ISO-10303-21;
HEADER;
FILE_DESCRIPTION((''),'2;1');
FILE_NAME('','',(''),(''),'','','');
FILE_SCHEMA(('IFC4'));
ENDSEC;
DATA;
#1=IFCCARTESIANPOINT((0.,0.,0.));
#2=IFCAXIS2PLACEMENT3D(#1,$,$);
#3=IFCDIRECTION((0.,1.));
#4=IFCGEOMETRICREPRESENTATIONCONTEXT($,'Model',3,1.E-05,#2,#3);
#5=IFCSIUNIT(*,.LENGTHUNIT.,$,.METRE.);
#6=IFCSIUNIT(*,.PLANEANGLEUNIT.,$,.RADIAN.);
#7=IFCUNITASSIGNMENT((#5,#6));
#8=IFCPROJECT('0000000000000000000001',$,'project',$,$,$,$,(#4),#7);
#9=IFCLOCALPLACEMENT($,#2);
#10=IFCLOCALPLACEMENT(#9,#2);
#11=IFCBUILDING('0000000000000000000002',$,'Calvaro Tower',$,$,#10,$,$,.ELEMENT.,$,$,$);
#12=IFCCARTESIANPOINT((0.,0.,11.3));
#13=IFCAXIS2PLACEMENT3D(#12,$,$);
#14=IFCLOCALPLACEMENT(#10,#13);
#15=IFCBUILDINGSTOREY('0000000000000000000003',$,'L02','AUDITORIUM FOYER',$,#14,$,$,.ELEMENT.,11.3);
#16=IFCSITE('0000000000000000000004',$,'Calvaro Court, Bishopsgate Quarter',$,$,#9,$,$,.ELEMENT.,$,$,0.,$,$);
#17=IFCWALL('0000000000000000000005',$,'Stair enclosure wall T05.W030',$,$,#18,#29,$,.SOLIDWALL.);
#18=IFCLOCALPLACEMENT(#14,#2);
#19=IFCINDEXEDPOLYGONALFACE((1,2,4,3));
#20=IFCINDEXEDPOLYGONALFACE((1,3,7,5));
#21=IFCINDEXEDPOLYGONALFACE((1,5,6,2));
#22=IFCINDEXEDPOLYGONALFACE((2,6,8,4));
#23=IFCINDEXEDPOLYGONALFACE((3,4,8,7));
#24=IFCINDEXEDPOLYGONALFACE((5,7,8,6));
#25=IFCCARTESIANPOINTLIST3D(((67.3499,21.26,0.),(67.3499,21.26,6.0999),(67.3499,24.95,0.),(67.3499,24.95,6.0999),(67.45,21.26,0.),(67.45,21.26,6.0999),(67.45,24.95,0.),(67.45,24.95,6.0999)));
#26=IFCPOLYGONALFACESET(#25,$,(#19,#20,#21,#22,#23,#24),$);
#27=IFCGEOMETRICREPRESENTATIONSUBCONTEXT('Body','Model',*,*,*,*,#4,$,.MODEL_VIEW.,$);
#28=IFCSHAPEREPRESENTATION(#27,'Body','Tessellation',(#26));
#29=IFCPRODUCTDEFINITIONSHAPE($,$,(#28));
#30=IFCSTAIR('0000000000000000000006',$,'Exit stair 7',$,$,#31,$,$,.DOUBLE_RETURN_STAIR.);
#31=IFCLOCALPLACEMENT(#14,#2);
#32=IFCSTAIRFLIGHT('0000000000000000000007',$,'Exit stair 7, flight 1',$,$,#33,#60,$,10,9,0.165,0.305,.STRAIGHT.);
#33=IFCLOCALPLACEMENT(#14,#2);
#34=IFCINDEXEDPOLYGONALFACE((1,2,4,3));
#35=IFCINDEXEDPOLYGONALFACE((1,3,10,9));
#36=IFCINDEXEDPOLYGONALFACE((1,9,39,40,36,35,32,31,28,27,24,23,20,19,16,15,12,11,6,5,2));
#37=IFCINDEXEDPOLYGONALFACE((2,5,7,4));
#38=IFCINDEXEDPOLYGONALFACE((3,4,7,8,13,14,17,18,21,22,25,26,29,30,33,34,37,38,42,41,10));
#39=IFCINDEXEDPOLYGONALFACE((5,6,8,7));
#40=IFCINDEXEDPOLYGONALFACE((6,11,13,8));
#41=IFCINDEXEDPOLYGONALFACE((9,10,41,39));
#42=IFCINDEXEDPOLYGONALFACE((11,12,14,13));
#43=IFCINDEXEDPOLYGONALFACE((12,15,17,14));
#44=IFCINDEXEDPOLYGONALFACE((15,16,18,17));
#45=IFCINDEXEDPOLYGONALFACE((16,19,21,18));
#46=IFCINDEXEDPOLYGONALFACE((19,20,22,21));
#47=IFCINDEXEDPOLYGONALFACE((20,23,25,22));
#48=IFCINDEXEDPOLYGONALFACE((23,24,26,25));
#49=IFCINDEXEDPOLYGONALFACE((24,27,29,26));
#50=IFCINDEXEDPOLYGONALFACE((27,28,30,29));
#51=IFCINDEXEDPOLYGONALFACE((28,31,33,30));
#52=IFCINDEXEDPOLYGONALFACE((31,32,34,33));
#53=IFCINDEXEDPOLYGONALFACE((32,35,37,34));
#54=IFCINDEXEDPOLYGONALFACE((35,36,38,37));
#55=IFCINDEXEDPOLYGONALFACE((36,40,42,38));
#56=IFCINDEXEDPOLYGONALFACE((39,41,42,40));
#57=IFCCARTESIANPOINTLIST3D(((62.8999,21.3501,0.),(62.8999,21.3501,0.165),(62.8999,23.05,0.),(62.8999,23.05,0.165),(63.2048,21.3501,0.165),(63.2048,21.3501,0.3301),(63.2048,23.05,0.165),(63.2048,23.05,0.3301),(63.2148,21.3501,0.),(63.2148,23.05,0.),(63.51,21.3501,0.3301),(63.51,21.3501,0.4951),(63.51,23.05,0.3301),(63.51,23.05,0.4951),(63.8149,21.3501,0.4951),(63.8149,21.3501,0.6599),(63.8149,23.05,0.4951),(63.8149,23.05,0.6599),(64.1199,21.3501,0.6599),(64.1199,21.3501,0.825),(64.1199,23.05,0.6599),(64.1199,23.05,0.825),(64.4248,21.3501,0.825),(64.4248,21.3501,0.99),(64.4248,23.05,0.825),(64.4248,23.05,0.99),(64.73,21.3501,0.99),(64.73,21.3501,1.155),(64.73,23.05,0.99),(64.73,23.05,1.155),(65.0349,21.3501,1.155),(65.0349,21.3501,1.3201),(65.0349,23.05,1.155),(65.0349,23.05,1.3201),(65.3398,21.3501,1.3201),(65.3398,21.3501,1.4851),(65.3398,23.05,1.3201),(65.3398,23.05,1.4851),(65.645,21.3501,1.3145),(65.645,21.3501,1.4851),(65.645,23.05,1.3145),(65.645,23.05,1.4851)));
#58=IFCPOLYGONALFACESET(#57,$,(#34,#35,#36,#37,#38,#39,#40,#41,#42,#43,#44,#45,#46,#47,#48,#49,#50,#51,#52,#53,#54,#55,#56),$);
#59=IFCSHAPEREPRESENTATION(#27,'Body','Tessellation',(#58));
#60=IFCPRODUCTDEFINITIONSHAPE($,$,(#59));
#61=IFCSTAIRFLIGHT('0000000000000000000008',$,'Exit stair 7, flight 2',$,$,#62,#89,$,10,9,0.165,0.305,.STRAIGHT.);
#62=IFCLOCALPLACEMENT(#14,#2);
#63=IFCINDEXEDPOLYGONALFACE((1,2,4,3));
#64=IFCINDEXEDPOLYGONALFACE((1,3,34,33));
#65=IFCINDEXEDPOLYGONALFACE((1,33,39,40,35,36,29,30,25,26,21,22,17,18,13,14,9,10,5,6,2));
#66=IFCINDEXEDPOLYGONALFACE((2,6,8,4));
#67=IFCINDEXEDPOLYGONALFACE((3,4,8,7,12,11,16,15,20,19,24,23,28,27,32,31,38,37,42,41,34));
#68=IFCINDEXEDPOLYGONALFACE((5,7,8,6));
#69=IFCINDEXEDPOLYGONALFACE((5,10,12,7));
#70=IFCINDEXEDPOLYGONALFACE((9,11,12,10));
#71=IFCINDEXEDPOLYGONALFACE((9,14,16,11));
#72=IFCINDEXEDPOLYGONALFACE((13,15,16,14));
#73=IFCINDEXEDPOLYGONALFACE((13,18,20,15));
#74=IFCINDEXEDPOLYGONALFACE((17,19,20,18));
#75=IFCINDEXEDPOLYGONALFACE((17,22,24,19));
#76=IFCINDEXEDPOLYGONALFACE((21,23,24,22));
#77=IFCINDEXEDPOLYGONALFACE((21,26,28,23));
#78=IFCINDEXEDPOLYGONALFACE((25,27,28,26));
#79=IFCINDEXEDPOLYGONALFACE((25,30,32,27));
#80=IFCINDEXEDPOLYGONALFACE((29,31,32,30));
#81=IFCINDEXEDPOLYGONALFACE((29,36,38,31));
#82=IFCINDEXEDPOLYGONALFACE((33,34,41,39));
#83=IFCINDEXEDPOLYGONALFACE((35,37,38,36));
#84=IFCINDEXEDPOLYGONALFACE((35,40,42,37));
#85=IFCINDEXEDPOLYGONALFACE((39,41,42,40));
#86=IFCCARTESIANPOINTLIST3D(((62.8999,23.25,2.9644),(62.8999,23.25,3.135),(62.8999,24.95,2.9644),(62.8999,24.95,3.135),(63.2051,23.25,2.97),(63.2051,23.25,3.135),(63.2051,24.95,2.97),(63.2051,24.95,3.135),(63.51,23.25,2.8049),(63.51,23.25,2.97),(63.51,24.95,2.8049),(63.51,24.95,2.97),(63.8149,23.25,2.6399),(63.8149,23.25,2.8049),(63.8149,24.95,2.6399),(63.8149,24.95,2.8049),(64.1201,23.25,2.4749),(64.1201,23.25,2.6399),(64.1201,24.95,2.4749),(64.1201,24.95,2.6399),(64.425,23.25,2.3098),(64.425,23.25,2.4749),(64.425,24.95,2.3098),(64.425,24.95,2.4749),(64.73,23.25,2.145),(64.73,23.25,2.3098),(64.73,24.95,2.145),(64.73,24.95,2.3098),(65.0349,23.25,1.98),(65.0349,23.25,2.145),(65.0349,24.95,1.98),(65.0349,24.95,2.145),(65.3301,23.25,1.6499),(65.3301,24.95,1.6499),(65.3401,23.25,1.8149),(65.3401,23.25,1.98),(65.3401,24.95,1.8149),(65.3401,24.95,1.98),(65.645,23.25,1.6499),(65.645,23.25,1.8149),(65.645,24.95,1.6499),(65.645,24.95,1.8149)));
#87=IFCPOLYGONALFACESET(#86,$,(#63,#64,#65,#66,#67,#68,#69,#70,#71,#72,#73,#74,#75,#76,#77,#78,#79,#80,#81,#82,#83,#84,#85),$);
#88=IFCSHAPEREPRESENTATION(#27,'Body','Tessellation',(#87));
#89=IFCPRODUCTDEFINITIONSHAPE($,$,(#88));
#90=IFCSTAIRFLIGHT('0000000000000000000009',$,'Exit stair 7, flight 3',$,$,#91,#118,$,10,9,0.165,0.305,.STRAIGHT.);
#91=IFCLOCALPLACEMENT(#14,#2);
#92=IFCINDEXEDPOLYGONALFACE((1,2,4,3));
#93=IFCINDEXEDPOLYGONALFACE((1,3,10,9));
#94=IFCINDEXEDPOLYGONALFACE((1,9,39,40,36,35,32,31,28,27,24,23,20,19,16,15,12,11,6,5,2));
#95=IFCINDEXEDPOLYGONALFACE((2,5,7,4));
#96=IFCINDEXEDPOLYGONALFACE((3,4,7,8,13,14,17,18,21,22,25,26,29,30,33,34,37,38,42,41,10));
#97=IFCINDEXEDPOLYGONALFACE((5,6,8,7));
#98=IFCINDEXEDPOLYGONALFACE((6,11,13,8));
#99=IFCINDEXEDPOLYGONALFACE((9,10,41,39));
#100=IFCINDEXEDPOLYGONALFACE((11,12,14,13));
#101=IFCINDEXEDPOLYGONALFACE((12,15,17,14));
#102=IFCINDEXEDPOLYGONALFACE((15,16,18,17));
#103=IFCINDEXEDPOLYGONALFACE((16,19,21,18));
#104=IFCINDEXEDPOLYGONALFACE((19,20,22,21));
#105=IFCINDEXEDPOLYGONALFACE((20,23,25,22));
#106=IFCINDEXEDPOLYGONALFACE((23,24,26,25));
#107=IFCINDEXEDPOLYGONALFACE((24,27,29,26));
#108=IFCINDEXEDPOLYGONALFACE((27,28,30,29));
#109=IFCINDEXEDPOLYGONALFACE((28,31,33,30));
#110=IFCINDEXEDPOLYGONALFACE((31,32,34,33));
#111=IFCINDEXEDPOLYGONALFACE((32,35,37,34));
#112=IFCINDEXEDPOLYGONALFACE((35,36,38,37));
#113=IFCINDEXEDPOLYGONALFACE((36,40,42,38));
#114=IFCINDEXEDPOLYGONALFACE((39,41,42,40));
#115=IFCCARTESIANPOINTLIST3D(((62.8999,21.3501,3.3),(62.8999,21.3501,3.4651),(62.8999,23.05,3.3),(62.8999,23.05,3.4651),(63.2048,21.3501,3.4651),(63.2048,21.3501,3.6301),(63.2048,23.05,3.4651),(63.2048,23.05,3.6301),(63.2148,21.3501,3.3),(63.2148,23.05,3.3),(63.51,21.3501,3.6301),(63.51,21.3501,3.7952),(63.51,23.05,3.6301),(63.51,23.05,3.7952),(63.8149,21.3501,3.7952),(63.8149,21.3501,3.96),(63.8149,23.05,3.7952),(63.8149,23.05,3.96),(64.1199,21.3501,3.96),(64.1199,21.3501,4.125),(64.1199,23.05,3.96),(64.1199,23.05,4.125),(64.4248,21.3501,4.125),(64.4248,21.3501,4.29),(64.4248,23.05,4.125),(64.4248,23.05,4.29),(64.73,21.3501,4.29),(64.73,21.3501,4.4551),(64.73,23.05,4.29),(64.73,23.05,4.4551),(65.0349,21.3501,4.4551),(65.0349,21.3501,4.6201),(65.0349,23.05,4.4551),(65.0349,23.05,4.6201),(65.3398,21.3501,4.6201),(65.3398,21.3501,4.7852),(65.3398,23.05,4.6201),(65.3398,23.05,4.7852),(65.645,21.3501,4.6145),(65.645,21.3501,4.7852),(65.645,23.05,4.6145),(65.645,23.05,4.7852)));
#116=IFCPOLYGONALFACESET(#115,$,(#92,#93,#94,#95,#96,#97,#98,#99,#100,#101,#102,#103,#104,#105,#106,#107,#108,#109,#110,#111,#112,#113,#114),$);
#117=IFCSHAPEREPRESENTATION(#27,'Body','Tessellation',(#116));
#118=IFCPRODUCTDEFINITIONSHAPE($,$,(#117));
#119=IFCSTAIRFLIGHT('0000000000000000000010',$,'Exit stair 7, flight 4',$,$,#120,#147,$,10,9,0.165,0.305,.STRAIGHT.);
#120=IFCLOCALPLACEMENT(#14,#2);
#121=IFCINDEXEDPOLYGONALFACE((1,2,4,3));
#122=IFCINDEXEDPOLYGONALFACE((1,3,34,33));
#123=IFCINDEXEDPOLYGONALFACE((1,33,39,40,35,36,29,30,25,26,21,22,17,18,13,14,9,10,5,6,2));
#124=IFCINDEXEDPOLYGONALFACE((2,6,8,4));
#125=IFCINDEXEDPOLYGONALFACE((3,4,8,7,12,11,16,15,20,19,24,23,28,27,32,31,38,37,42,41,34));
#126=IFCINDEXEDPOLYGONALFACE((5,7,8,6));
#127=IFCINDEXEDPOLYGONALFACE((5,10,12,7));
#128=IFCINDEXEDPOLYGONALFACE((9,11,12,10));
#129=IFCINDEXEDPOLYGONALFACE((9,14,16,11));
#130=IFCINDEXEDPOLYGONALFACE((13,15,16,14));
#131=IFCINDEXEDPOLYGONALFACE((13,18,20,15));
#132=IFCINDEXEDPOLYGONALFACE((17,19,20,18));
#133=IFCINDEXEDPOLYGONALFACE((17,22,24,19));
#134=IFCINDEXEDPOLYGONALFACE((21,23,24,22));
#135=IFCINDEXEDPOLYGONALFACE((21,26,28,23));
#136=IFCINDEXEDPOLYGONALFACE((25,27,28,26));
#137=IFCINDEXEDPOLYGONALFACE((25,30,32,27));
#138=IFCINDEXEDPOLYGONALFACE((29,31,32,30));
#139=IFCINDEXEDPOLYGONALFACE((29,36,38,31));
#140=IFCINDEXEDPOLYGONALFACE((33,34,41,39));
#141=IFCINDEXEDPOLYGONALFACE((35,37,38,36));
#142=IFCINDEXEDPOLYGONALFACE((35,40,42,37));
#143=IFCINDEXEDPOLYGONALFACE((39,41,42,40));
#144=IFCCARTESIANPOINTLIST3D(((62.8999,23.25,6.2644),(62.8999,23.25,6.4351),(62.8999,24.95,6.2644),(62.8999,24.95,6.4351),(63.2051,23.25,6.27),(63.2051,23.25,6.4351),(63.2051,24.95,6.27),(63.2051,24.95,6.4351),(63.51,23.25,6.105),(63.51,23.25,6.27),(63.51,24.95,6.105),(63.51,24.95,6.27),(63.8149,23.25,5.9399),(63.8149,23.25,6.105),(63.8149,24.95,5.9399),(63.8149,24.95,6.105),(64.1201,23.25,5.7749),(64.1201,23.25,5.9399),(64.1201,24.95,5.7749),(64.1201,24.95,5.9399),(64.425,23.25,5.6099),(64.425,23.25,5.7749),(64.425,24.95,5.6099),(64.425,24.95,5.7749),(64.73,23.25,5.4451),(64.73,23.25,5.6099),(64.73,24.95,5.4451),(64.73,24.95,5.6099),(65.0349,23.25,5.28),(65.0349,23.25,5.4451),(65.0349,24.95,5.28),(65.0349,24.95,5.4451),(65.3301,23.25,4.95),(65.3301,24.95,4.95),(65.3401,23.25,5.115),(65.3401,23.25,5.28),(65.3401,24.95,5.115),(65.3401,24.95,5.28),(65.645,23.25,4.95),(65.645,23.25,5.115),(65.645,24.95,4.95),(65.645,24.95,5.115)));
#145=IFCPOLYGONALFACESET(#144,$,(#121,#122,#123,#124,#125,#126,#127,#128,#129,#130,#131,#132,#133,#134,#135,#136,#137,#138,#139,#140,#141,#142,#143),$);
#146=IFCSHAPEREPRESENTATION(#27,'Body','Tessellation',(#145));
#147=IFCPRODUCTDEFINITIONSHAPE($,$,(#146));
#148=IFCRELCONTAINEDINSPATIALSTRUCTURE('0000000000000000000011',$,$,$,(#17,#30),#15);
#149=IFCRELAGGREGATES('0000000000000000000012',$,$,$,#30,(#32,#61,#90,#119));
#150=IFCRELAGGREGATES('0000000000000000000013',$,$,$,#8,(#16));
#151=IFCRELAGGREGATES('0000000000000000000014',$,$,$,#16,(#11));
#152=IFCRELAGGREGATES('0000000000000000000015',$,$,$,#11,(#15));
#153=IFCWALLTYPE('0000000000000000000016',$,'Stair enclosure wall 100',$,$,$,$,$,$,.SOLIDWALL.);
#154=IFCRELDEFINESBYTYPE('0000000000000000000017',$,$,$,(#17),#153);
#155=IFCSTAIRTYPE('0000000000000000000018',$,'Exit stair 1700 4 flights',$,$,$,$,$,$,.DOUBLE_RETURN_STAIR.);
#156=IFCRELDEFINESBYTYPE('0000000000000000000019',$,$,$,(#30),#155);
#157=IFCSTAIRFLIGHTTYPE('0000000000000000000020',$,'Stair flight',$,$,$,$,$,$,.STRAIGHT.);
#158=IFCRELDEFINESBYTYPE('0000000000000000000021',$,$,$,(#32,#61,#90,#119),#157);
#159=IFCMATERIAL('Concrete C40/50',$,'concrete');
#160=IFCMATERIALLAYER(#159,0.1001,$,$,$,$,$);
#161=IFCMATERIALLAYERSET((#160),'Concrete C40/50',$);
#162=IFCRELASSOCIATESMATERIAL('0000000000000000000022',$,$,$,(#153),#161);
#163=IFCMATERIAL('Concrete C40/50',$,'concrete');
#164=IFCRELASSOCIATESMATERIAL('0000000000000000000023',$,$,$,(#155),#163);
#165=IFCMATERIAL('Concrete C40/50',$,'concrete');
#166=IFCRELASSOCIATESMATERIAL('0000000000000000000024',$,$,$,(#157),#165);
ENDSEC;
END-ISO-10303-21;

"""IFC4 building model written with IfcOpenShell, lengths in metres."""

from ifc_helpers import new_model, si_unit, direction, frame, frame_2d, origin, place, context, subcontext, project, spatial, polyline, rectangle, outline, extrude, material, layer, layer_set, type_object, element, aggregate, save


model = new_model("IFC4")

# Units and contexts
model_context = context("Model", 3, precision=1e-05, world=origin(), true_north=direction((0.0, 1.0)))
body_context = subcontext(model_context, "Body", "Model", "MODEL_VIEW")
ifc_project = project(units=[si_unit("LENGTHUNIT", "METRE"), si_unit("PLANEANGLEUNIT", "RADIAN")], contexts=[model_context])

# Site, building, storey
site_placement = place(None, origin())
site = spatial("IfcSite", under=ifc_project, at=site_placement, Name="Calvaro Court, Bishopsgate Quarter", CompositionType="ELEMENT", RefElevation=0.0)
building_placement = place(site_placement, origin())
building = spatial("IfcBuilding", under=site, at=building_placement, Name="Calvaro Tower", CompositionType="ELEMENT")
storey_placement = place(building_placement, frame((0.0, 0.0, 11.3)))
storey = spatial("IfcBuildingStorey", under=building, at=storey_placement, Name="L02", Description="AUDITORIUM FOYER", CompositionType="ELEMENT", Elevation=11.3)

# Shared definitions
ifc_material_1 = material(Name="Concrete C40/50", Category="concrete")
ifc_layer_1 = layer(ifc_material_1, 0.1001)
ifc_layer_set_1 = layer_set([ifc_layer_1], Name="Concrete C40/50")
wall_type_1 = type_object("IfcWallType", Name="Stair enclosure wall 100", PredefinedType="SOLIDWALL", material=ifc_layer_set_1)

# Wall
for number, where, z_axis, x_axis, name in (
    (1, (67.3999, 21.26, 0.0), (0.0, 0.0, 1.0), (0.0, 1.0, 0.0), "Stair enclosure wall T05.W030"),
):
    element("IfcWall", number, at=place(storey_placement, frame(where, z_axis=z_axis, x_axis=x_axis)), inside=storey, type_object=wall_type_1, Name=name, PredefinedType="SOLIDWALL", context=body_context, shape_type="SweptSolid", body=[
        extrude(rectangle(XDim=3.6899, YDim=0.1001, at=frame_2d((1.845, 0.0))), origin(), (0.0, 0.0, 1.0), 6.0999),
    ])

# Stair, stair flights
ifc_material_2 = material(Name="Concrete C40/50", Category="concrete")
stair_type = type_object("IfcStairType", Name="Exit stair 1700 4 flights", PredefinedType="DOUBLE_RETURN_STAIR", material=ifc_material_2)
stair_placement = place(storey_placement, origin())
stair = element("IfcStair", 2, at=stair_placement, inside=storey, type_object=stair_type, Name="Exit stair 7", PredefinedType="DOUBLE_RETURN_STAIR")
ifc_material_3 = material(Name="Concrete C40/50", Category="concrete")
stair_flight_type = type_object("IfcStairFlightType", Name="Stair flight", PredefinedType="STRAIGHT", material=ifc_material_3)
stair_flight_1_placement = place(storey_placement, frame((62.8999, 22.2, 0.0), z_axis=(0.0, 0.0, 1.0), x_axis=(1.0, 0.0, 0.0)))
stair_flight_1 = element("IfcStairFlight", 3, at=stair_flight_1_placement, type_object=stair_flight_type, Name="Exit stair 7, flight 1", NumberOfRisers=10, NumberOfTreads=9, PredefinedType="STRAIGHT", RiserHeight=0.165, TreadLength=0.305, context=body_context, shape_type="SweptSolid", body=[
    extrude(outline(polyline([(0.0, 0.0), (0.0, 0.165), (0.3049, 0.165), (0.3049, 0.3301), (0.6101, 0.3301), (0.6101, 0.4951), (0.915, 0.4951), (0.915, 0.6599), (1.22, 0.6599), (1.22, 0.825), (1.5249, 0.825), (1.5249, 0.99), (1.8301, 0.99), (1.8301, 1.155), (2.135, 1.155), (2.135, 1.3201), (2.4399, 1.3201), (2.4399, 1.4851), (2.7451, 1.4851), (2.7451, 1.6499), (2.7451, 1.3145), (0.3149, 0.0), (0.0, 0.0)])), frame((0.0, 0.8501, 0.0), z_axis=(0.0, -1.0, 0.0), x_axis=(1.0, 0.0, 0.0)), (0.0, 0.0, 1.0), 1.7),
])
stair_flight_2_placement = place(storey_placement, frame((65.645, 24.1001, 1.6499), z_axis=(0.0, 0.0, 1.0), x_axis=(-1.0, 0.0, 0.0)))
stair_flight_2 = element("IfcStairFlight", 4, at=stair_flight_2_placement, type_object=stair_flight_type, Name="Exit stair 7, flight 2", NumberOfRisers=10, NumberOfTreads=9, PredefinedType="STRAIGHT", RiserHeight=0.165, TreadLength=0.305, context=body_context, shape_type="SweptSolid", body=[
    extrude(outline(polyline([(0.0, 0.0), (0.0, 0.165), (0.3049, 0.165), (0.3049, 0.3301), (0.6101, 0.3301), (0.6101, 0.4951), (0.915, 0.4951), (0.915, 0.6599), (1.22, 0.6599), (1.22, 0.825), (1.5249, 0.825), (1.5249, 0.99), (1.8301, 0.99), (1.8301, 1.155), (2.135, 1.155), (2.135, 1.3201), (2.4399, 1.3201), (2.4399, 1.4851), (2.7451, 1.4851), (2.7451, 1.6499), (2.7451, 1.3145), (0.3149, 0.0), (0.0, 0.0)])), frame((0.0, 0.8501, 0.0), z_axis=(0.0, -1.0, 0.0), x_axis=(1.0, 0.0, 0.0)), (0.0, 0.0, 1.0), 1.7),
])
stair_flight_3_placement = place(storey_placement, frame((62.8999, 22.2, 3.3), z_axis=(0.0, 0.0, 1.0), x_axis=(1.0, 0.0, 0.0)))
stair_flight_3 = element("IfcStairFlight", 5, at=stair_flight_3_placement, type_object=stair_flight_type, Name="Exit stair 7, flight 3", NumberOfRisers=10, NumberOfTreads=9, PredefinedType="STRAIGHT", RiserHeight=0.165, TreadLength=0.305, context=body_context, shape_type="SweptSolid", body=[
    extrude(outline(polyline([(0.0, 0.0), (0.0, 0.165), (0.3049, 0.165), (0.3049, 0.3301), (0.6101, 0.3301), (0.6101, 0.4951), (0.915, 0.4951), (0.915, 0.6599), (1.22, 0.6599), (1.22, 0.825), (1.5249, 0.825), (1.5249, 0.99), (1.8301, 0.99), (1.8301, 1.155), (2.135, 1.155), (2.135, 1.3201), (2.4399, 1.3201), (2.4399, 1.4851), (2.7451, 1.4851), (2.7451, 1.6499), (2.7451, 1.3145), (0.3149, 0.0), (0.0, 0.0)])), frame((0.0, 0.8501, 0.0), z_axis=(0.0, -1.0, 0.0), x_axis=(1.0, 0.0, 0.0)), (0.0, 0.0, 1.0), 1.7),
])
stair_flight_4_placement = place(storey_placement, frame((65.645, 24.1001, 4.95), z_axis=(0.0, 0.0, 1.0), x_axis=(-1.0, 0.0, 0.0)))
stair_flight_4 = element("IfcStairFlight", 6, at=stair_flight_4_placement, type_object=stair_flight_type, Name="Exit stair 7, flight 4", NumberOfRisers=10, NumberOfTreads=9, PredefinedType="STRAIGHT", RiserHeight=0.165, TreadLength=0.305, context=body_context, shape_type="SweptSolid", body=[
    extrude(outline(polyline([(0.0, 0.0), (0.0, 0.165), (0.3049, 0.165), (0.3049, 0.3301), (0.6101, 0.3301), (0.6101, 0.4951), (0.915, 0.4951), (0.915, 0.6599), (1.22, 0.6599), (1.22, 0.825), (1.5249, 0.825), (1.5249, 0.99), (1.8301, 0.99), (1.8301, 1.155), (2.135, 1.155), (2.135, 1.3201), (2.4399, 1.3201), (2.4399, 1.4851), (2.7451, 1.4851), (2.7451, 1.6499), (2.7451, 1.3145), (0.3149, 0.0), (0.0, 0.0)])), frame((0.0, 0.8501, 0.0), z_axis=(0.0, -1.0, 0.0), x_axis=(1.0, 0.0, 0.0)), (0.0, 0.0, 1.0), 1.7),
])
aggregate(stair, [stair_flight_1, stair_flight_2, stair_flight_3, stair_flight_4])

save(model, "model.ifc")
